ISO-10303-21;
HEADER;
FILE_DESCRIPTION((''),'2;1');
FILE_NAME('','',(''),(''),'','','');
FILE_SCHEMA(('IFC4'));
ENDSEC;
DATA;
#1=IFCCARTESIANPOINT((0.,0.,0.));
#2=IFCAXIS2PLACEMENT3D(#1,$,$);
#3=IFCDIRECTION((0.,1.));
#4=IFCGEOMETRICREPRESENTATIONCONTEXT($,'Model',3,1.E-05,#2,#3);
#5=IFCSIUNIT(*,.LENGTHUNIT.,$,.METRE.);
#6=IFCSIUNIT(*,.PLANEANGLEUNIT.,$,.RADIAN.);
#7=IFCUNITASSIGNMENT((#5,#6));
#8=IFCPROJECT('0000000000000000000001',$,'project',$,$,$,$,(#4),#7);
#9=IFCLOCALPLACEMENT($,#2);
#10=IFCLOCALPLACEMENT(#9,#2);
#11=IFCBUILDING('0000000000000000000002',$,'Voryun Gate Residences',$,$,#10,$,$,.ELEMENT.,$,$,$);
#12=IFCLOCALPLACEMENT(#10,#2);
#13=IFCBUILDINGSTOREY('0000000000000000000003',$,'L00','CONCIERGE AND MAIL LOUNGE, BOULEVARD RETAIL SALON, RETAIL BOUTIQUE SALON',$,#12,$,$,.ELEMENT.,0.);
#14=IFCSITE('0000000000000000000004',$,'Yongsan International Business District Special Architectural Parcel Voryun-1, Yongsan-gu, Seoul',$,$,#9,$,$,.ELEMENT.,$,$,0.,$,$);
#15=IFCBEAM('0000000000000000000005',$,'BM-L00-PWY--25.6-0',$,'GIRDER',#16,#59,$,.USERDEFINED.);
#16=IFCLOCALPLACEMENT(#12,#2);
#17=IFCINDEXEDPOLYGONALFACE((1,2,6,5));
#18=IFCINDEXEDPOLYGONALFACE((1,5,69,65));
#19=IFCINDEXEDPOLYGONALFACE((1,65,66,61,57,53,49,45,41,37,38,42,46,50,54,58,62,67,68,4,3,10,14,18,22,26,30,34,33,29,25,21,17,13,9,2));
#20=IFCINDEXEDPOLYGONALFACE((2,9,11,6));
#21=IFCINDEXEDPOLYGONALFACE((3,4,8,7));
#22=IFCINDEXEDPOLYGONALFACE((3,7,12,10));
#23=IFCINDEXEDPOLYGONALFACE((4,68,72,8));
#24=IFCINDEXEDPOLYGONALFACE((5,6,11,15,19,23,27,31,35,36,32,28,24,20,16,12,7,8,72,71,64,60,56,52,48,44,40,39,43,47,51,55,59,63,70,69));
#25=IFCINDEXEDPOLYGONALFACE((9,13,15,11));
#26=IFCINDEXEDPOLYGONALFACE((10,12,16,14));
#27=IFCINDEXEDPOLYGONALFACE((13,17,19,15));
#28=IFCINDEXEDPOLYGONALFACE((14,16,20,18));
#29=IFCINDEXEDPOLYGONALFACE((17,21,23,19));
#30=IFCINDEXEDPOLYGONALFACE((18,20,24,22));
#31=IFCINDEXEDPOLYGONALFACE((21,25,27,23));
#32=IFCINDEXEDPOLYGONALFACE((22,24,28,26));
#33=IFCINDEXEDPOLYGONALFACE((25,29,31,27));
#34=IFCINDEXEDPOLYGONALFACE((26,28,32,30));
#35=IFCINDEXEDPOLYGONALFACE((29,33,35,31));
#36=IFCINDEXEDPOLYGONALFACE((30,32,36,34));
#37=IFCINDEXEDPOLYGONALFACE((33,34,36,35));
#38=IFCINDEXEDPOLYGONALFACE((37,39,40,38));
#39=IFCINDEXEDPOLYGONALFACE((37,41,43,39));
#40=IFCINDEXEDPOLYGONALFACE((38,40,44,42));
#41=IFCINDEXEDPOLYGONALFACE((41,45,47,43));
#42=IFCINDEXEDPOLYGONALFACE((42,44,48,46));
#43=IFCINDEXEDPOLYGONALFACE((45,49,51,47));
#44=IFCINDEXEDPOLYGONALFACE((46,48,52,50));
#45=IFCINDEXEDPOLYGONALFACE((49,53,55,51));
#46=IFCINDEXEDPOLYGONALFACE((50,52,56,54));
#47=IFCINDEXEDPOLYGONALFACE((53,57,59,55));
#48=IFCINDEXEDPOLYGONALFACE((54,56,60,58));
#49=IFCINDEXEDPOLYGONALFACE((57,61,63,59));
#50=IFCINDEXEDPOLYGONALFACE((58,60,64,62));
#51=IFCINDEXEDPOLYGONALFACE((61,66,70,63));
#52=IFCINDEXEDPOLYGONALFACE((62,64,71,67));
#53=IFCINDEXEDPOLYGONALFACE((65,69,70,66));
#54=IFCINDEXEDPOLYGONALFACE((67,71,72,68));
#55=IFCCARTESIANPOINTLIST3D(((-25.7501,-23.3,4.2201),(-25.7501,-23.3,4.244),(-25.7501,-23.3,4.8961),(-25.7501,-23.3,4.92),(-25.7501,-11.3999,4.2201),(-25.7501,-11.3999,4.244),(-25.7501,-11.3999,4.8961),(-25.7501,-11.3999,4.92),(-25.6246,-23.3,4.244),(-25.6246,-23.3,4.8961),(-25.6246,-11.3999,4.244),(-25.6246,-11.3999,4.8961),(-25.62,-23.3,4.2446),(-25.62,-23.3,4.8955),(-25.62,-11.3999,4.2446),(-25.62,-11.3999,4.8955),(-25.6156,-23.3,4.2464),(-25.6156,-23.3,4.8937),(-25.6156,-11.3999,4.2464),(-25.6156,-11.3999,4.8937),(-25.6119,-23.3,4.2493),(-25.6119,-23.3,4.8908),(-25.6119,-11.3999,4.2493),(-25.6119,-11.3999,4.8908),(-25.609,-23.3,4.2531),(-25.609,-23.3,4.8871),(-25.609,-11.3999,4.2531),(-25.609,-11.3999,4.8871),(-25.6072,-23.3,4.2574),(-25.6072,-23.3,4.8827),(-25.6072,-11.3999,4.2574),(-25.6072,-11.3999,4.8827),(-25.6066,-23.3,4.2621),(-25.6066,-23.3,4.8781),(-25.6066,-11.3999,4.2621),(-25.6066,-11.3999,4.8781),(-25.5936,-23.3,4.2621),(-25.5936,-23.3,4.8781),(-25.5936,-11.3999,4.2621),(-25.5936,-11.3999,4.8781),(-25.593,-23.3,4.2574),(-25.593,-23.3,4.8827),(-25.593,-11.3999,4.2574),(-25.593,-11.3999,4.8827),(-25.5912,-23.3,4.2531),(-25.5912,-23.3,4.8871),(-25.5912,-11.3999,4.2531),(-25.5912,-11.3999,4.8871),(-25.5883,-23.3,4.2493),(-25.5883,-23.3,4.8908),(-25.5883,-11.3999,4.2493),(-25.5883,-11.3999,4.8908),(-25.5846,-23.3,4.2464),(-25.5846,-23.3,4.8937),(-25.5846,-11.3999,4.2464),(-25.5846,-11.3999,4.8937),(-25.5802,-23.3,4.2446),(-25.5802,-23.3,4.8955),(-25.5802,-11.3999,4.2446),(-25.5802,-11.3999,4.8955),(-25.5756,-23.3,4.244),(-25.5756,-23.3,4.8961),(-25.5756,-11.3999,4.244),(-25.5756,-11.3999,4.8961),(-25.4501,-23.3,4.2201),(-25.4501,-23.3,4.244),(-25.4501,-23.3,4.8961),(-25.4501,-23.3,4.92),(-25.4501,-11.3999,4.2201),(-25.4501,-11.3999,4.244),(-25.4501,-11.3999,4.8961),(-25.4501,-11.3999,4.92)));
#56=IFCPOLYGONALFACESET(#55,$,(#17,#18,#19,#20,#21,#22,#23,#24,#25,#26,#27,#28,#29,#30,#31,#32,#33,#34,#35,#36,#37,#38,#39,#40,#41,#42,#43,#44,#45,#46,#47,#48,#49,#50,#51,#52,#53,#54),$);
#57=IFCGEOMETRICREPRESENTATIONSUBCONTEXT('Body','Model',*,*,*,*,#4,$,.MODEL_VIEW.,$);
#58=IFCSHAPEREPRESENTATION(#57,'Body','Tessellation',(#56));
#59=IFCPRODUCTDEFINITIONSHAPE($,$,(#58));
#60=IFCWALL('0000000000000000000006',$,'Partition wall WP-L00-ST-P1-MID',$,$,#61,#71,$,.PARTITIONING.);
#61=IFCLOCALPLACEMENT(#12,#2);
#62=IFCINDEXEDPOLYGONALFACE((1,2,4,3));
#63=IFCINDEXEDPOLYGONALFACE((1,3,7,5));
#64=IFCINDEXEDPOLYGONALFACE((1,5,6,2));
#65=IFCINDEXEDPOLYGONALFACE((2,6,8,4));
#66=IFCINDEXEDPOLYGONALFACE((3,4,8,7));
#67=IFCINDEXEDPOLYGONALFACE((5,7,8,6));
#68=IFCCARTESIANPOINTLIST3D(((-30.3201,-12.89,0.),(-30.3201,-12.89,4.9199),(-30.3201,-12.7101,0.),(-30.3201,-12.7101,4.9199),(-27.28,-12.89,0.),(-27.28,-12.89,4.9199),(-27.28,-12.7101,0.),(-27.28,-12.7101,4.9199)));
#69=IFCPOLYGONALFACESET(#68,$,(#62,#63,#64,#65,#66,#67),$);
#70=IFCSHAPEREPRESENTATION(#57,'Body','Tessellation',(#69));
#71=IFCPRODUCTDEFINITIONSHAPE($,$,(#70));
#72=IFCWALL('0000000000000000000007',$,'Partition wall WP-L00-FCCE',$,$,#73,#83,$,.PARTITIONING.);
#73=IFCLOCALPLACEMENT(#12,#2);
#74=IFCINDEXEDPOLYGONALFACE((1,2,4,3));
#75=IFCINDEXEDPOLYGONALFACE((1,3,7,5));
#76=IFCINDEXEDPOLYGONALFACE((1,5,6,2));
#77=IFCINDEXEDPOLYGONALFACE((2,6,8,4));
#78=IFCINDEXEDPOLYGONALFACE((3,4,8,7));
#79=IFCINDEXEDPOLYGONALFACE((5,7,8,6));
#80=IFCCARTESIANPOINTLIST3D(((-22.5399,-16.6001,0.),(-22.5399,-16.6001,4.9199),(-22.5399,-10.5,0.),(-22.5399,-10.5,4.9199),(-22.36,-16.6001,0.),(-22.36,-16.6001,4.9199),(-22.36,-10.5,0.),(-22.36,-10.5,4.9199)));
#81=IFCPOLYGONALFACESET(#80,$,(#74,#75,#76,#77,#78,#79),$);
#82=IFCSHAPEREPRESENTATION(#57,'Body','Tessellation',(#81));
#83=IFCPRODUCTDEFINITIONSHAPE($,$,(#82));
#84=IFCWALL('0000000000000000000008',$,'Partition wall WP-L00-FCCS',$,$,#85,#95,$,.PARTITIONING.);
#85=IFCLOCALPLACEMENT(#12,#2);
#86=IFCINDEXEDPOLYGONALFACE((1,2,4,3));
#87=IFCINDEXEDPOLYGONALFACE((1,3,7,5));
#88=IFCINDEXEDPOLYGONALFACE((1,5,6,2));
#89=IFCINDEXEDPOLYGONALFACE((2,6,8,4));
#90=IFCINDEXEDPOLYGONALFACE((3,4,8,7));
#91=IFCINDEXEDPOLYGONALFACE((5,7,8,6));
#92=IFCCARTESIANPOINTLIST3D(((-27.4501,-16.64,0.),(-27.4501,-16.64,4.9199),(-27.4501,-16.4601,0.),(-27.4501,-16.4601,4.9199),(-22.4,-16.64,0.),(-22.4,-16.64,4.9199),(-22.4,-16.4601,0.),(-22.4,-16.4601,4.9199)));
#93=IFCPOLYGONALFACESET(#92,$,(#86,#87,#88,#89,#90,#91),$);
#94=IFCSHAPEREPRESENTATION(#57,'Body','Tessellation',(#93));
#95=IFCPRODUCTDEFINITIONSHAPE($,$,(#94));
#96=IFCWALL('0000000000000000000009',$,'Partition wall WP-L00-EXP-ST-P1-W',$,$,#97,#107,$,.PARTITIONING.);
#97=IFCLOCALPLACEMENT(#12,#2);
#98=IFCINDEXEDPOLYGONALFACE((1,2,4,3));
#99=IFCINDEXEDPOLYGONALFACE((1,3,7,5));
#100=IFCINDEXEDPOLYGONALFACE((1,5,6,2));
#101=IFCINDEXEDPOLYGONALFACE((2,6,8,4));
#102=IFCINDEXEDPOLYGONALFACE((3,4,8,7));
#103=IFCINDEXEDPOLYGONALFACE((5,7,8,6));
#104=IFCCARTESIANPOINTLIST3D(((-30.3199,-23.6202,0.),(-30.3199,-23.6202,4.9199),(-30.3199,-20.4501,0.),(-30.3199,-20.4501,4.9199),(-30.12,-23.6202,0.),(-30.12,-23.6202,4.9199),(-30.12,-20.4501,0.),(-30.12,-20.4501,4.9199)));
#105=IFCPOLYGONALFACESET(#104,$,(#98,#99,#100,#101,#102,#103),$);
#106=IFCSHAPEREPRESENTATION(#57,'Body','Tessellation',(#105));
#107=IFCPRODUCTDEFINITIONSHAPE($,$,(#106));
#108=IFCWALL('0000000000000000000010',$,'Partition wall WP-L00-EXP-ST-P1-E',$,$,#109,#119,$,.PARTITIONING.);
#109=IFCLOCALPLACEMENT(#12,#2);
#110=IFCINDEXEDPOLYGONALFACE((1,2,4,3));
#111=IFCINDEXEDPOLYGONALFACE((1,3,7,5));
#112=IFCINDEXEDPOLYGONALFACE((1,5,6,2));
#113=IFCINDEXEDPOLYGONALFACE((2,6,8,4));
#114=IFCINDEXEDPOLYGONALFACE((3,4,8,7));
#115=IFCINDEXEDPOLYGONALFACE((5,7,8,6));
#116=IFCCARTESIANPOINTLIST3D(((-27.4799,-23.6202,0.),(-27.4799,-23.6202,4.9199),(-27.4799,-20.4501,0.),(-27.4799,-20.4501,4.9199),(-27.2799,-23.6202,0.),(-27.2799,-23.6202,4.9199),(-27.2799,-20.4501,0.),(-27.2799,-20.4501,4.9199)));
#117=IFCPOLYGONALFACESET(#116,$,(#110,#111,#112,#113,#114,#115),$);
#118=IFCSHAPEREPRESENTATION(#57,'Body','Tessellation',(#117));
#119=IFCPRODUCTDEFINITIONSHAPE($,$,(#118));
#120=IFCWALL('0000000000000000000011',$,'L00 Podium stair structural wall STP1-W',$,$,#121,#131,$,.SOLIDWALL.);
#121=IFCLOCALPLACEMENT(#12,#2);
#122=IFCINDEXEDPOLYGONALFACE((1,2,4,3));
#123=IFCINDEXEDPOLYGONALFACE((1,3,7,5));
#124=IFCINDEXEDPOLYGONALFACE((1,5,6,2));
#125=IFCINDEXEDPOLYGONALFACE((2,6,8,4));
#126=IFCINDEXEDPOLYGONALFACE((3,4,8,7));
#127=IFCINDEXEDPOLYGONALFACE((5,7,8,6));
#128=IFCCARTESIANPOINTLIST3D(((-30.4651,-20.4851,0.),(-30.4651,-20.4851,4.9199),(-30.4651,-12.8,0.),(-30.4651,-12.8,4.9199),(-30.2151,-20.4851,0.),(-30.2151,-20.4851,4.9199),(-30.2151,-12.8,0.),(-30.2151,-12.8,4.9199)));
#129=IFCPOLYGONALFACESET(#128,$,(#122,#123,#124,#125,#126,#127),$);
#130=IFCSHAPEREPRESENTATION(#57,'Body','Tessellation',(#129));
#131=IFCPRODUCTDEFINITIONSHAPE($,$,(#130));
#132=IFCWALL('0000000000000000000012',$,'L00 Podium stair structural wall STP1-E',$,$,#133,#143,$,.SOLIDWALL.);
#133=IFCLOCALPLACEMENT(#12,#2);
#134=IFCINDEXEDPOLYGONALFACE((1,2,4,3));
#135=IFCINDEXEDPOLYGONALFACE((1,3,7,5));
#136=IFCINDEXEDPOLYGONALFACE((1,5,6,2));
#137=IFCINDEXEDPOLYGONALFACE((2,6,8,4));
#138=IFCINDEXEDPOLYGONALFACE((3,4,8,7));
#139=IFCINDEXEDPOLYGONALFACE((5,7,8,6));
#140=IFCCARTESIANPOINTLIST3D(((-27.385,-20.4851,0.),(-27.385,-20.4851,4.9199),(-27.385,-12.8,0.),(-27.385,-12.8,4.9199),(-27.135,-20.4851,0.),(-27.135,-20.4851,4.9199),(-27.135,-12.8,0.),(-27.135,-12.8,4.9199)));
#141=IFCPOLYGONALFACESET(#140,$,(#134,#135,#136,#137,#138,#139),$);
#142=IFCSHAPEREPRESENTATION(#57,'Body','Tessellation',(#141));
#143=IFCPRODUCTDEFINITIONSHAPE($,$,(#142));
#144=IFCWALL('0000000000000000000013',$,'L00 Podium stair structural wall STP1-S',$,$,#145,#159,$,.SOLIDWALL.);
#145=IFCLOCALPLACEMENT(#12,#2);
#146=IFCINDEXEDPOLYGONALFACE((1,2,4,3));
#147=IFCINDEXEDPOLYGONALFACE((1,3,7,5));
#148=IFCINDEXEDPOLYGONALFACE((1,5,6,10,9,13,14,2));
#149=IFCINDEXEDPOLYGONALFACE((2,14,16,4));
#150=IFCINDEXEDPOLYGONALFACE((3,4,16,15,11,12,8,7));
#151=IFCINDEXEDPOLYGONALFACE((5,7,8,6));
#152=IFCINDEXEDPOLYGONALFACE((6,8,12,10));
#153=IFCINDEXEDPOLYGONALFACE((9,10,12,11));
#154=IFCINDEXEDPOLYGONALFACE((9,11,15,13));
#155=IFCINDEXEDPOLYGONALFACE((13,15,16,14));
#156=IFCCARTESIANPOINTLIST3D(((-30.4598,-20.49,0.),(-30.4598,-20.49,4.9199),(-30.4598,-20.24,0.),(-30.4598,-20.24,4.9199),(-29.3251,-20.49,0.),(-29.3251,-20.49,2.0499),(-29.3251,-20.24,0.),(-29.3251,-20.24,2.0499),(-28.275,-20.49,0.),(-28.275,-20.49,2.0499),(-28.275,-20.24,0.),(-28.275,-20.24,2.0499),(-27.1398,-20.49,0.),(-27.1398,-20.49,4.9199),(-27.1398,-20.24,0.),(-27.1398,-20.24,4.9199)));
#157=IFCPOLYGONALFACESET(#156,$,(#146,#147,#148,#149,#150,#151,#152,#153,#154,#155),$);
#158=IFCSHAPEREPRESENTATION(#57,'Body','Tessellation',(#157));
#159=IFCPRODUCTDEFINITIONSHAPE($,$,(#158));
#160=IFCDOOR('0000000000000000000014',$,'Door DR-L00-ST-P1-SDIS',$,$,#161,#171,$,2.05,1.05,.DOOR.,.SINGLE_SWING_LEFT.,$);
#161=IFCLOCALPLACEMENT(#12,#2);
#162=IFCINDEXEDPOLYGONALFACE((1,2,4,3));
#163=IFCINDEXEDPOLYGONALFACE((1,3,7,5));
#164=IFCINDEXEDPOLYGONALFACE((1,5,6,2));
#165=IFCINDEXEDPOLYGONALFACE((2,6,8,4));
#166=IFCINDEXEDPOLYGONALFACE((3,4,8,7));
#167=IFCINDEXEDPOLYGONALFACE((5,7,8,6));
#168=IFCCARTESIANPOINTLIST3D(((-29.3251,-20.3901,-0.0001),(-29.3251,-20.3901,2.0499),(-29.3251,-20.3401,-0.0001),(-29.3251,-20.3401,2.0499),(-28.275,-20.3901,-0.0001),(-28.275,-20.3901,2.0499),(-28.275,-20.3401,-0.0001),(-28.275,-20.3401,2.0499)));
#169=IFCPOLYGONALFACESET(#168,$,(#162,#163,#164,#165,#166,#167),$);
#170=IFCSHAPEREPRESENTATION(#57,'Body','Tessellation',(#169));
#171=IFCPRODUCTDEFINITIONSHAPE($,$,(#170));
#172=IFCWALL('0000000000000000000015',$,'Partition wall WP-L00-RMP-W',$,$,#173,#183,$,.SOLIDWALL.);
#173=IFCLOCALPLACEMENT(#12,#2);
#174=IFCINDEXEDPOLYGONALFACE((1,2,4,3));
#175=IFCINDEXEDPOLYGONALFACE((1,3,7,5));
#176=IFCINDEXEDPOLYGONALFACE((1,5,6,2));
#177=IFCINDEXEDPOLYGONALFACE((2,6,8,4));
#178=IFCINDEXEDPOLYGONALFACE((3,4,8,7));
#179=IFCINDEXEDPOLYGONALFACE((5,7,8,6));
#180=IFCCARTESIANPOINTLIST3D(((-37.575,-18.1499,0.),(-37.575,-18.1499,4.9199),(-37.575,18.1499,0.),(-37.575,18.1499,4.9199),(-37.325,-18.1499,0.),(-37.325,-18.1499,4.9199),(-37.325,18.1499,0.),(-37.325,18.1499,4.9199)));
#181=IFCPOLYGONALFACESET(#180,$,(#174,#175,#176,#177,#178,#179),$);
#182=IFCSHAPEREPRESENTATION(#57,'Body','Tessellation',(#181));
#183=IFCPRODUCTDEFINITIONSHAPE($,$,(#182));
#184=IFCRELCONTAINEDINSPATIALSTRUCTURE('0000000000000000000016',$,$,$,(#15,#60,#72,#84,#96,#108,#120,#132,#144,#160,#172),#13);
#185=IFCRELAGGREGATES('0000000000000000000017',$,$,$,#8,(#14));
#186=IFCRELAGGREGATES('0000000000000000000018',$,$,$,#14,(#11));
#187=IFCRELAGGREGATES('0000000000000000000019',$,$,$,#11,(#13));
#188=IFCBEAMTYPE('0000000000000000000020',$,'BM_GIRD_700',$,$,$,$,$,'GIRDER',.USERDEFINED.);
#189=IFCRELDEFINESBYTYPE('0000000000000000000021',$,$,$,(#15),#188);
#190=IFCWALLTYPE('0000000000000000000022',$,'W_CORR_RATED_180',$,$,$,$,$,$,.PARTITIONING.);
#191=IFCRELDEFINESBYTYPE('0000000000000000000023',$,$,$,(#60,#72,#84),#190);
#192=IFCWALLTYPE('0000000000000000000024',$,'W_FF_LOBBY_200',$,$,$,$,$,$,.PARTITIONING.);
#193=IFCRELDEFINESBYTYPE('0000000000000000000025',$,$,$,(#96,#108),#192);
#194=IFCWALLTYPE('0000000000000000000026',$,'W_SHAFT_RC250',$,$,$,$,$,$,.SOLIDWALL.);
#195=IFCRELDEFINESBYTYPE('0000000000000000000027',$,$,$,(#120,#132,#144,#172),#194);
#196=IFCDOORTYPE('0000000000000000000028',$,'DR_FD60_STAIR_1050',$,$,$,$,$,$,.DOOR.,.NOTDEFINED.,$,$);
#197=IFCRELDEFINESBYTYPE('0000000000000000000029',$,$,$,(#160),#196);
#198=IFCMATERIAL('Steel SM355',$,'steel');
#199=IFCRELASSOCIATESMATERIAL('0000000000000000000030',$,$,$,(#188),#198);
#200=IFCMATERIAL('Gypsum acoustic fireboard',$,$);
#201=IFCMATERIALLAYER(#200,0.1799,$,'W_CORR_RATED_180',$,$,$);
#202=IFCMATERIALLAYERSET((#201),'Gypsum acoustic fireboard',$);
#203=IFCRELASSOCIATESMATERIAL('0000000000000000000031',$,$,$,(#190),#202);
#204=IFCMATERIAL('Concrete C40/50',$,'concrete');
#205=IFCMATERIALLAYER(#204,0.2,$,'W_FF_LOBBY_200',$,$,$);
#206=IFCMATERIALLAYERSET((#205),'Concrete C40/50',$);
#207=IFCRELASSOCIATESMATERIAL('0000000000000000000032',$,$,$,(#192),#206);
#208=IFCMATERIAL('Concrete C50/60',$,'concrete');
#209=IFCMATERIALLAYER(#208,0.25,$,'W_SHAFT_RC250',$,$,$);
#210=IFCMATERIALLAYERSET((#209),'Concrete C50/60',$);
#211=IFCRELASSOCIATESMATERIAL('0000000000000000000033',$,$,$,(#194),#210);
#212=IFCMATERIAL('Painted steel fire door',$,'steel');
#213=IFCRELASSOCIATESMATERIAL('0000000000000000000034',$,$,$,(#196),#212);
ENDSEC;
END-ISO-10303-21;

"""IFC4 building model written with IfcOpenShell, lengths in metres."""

from ifc_helpers import new_model, si_unit, direction, frame, frame_2d, origin, origin_2d, place, context, subcontext, project, spatial, rectangle, i_section, extrude, material, layer, layer_set, material_profile, profile_set, type_object, element, fill, save


model = new_model("IFC4")

# Units and contexts
model_context = context("Model", 3, precision=1e-05, world=origin(), true_north=direction((0.0, 1.0)))
body_context = subcontext(model_context, "Body", "Model", "MODEL_VIEW")
ifc_project = project(units=[si_unit("LENGTHUNIT", "METRE"), si_unit("PLANEANGLEUNIT", "RADIAN")], contexts=[model_context])

# Site, building, storey
site_placement = place(None, origin())
site = spatial("IfcSite", under=ifc_project, at=site_placement, Name="Yongsan International Business District Special Architectural Parcel Voryun-1, Yongsan-gu, Seoul", CompositionType="ELEMENT", RefElevation=0.0)
building_placement = place(site_placement, origin())
building = spatial("IfcBuilding", under=site, at=building_placement, Name="Voryun Gate Residences", CompositionType="ELEMENT")
storey_placement = place(building_placement, origin())
storey = spatial("IfcBuildingStorey", under=building, at=storey_placement, Name="L00", Description="CONCIERGE AND MAIL LOUNGE, BOULEVARD RETAIL SALON, RETAIL BOUTIQUE SALON", CompositionType="ELEMENT", Elevation=0.0)

# Beam
ifc_material_1 = material(Name="Steel SM355", Category="steel")
ifc_material_profile_1 = material_profile(ifc_material_1, i_section(OverallWidth=0.3, OverallDepth=0.7, WebThickness=0.0129, FlangeThickness=0.0239, FilletRadius=0.0181, at=origin_2d()), Name="H-700x300x13x24")
ifc_profile_set_1 = profile_set([ifc_material_profile_1], Name="Steel SM355")
beam_type = type_object("IfcBeamType", Name="BM_GIRD_700", ElementType="GIRDER", PredefinedType="USERDEFINED", material=ifc_profile_set_1)
for number, where, z_axis, x_axis, name in (
    (1, (-25.6001, -23.3, 4.5701), (0.0, 1.0, 0.0), (-1.0, 0.0, 0.0), "BM-L00-PWY--25.6-0"),
):
    element("IfcBeam", number, at=place(storey_placement, frame(where, z_axis=z_axis, x_axis=x_axis)), inside=storey, type_object=beam_type, Name=name, ObjectType="GIRDER", PredefinedType="USERDEFINED", context=body_context, shape_type="SweptSolid", body=[
        extrude(i_section(OverallWidth=0.3, OverallDepth=0.7, WebThickness=0.0129, FlangeThickness=0.0239, FilletRadius=0.0181, at=origin_2d()), origin(), (0.0, 0.0, 1.0), 11.9001),
    ])

# Walls
ifc_material_2 = material(Name="Gypsum acoustic fireboard")
ifc_layer_1 = layer(ifc_material_2, 0.1799, Name="W_CORR_RATED_180")
ifc_layer_set_1 = layer_set([ifc_layer_1], Name="Gypsum acoustic fireboard")
wall_type_1 = type_object("IfcWallType", Name="W_CORR_RATED_180", PredefinedType="PARTITIONING", material=ifc_layer_set_1)
wall_1_placement = place(storey_placement, frame((-30.3201, -12.8, 0.0), z_axis=(0.0, 0.0, 1.0), x_axis=(1.0, 0.0, 0.0)))
element("IfcWall", 2, at=wall_1_placement, inside=storey, type_object=wall_type_1, Name="Partition wall WP-L00-ST-P1-MID", PredefinedType="PARTITIONING", context=body_context, shape_type="SweptSolid", body=[
    extrude(rectangle(XDim=3.04, YDim=0.1799, at=frame_2d((1.52, 0.0))), origin(), (0.0, 0.0, 1.0), 4.9199),
])
wall_2_placement = place(storey_placement, frame((-22.45, -16.6001, 0.0), z_axis=(0.0, 0.0, 1.0), x_axis=(0.0, 1.0, 0.0)))
element("IfcWall", 3, at=wall_2_placement, inside=storey, type_object=wall_type_1, Name="Partition wall WP-L00-FCCE", PredefinedType="PARTITIONING", context=body_context, shape_type="SweptSolid", body=[
    extrude(rectangle(XDim=6.1001, YDim=0.1799, at=frame_2d((3.05, 0.0))), origin(), (0.0, 0.0, 1.0), 4.9199),
])
wall_3_placement = place(storey_placement, frame((-27.45, -16.55, 0.0), z_axis=(0.0, 0.0, 1.0), x_axis=(1.0, 0.0, 0.0)))
element("IfcWall", 4, at=wall_3_placement, inside=storey, type_object=wall_type_1, Name="Partition wall WP-L00-FCCS", PredefinedType="PARTITIONING", context=body_context, shape_type="SweptSolid", body=[
    extrude(rectangle(XDim=5.05, YDim=0.1799, at=frame_2d((2.5249, 0.0))), origin(), (0.0, 0.0, 1.0), 4.9199),
])
ifc_material_3 = material(Name="Concrete C40/50", Category="concrete")
ifc_layer_2 = layer(ifc_material_3, 0.2, Name="W_FF_LOBBY_200")
ifc_layer_set_2 = layer_set([ifc_layer_2], Name="Concrete C40/50")
wall_type_2 = type_object("IfcWallType", Name="W_FF_LOBBY_200", PredefinedType="PARTITIONING", material=ifc_layer_set_2)
for number, where, z_axis, x_axis, name in (
    (5, (-30.22, -23.6201, 0.0), (0.0, 0.0, 1.0), (0.0, 1.0, 0.0), "Partition wall WP-L00-EXP-ST-P1-W"),
    (6, (-27.3799, -23.6201, 0.0), (0.0, 0.0, 1.0), (0.0, 1.0, 0.0), "Partition wall WP-L00-EXP-ST-P1-E"),
):
    element("IfcWall", number, at=place(storey_placement, frame(where, z_axis=z_axis, x_axis=x_axis)), inside=storey, type_object=wall_type_2, Name=name, PredefinedType="PARTITIONING", context=body_context, shape_type="SweptSolid", body=[
        extrude(rectangle(XDim=3.1702, YDim=0.2, at=frame_2d((1.585, 0.0))), origin(), (0.0, 0.0, 1.0), 4.9199),
    ])
ifc_material_4 = material(Name="Concrete C50/60", Category="concrete")
ifc_layer_3 = layer(ifc_material_4, 0.25, Name="W_SHAFT_RC250")
ifc_layer_set_3 = layer_set([ifc_layer_3], Name="Concrete C50/60")
wall_type_3 = type_object("IfcWallType", Name="W_SHAFT_RC250", PredefinedType="SOLIDWALL", material=ifc_layer_set_3)
for number, where, z_axis, x_axis, name in (
    (7, (-30.3401, -20.4851, 0.0), (0.0, 0.0, 1.0), (0.0, 1.0, 0.0), "L00 Podium stair structural wall STP1-W"),
    (8, (-27.26, -20.4851, 0.0), (0.0, 0.0, 1.0), (0.0, 1.0, 0.0), "L00 Podium stair structural wall STP1-E"),
):
    element("IfcWall", number, at=place(storey_placement, frame(where, z_axis=z_axis, x_axis=x_axis)), inside=storey, type_object=wall_type_3, Name=name, PredefinedType="SOLIDWALL", context=body_context, shape_type="SweptSolid", body=[
        extrude(rectangle(XDim=7.6851, YDim=0.25, at=frame_2d((3.8425, 0.0))), origin(), (0.0, 0.0, 1.0), 4.9199),
    ])

# Wall, opening, door
wall_4_placement = place(storey_placement, frame((-30.46, -20.365, 0.0), z_axis=(0.0, 0.0, 1.0), x_axis=(1.0, 0.0, 0.0)))
wall_4 = element("IfcWall", 9, at=wall_4_placement, inside=storey, type_object=wall_type_3, Name="L00 Podium stair structural wall STP1-S", PredefinedType="SOLIDWALL", context=body_context, shape_type="SweptSolid", body=[
    extrude(rectangle(XDim=3.3201, YDim=0.25, at=frame_2d((1.6602, 0.0))), origin(), (0.0, 0.0, 1.0), 4.9199),
])
opening_placement = place(wall_4_placement, frame((1.135, 0.0, 0.0)))
opening = element("IfcOpeningElement", 10, at=opening_placement, cuts=wall_4, PredefinedType="OPENING", context=body_context, shape_type="SweptSolid", body=[
    extrude(rectangle(XDim=1.05, YDim=2.05, at=frame_2d((0.5249, 1.0249))), frame((0.0, 0.135, 0.0), z_axis=(0.0, -1.0, 0.0), x_axis=(1.0, 0.0, 0.0)), (0.0, 0.0, 1.0), 0.27),
])
ifc_material_5 = material(Name="Painted steel fire door", Category="steel")
door_type = type_object("IfcDoorType", Name="DR_FD60_STAIR_1050", OperationType="NOTDEFINED", PredefinedType="DOOR", material=ifc_material_5)
door_placement = place(opening_placement, origin())
door = element("IfcDoor", 11, at=door_placement, inside=storey, type_object=door_type, Name="Door DR-L00-ST-P1-SDIS", OperationType="SINGLE_SWING_LEFT", OverallHeight=2.05, OverallWidth=1.05, PredefinedType="DOOR", context=body_context, shape_type="SweptSolid", body=[
    extrude(rectangle(XDim=1.05, YDim=2.05, at=frame_2d((0.5249, 1.0249))), frame((0.0, 0.0249, 0.0), z_axis=(0.0, -1.0, 0.0), x_axis=(1.0, 0.0, 0.0)), (0.0, 0.0, 1.0), 0.05),
])
fill(opening, door)

# Wall
for number, where, z_axis, x_axis, name in (
    (12, (-37.45, -18.1499, 0.0), (0.0, 0.0, 1.0), (0.0, 1.0, 0.0), "Partition wall WP-L00-RMP-W"),
):
    element("IfcWall", number, at=place(storey_placement, frame(where, z_axis=z_axis, x_axis=x_axis)), inside=storey, type_object=wall_type_3, Name=name, PredefinedType="SOLIDWALL", context=body_context, shape_type="SweptSolid", body=[
        extrude(rectangle(XDim=36.2998, YDim=0.25, at=frame_2d((18.1499, 0.0))), origin(), (0.0, 0.0, 1.0), 4.9199),
    ])

save(model, "model.ifc")
